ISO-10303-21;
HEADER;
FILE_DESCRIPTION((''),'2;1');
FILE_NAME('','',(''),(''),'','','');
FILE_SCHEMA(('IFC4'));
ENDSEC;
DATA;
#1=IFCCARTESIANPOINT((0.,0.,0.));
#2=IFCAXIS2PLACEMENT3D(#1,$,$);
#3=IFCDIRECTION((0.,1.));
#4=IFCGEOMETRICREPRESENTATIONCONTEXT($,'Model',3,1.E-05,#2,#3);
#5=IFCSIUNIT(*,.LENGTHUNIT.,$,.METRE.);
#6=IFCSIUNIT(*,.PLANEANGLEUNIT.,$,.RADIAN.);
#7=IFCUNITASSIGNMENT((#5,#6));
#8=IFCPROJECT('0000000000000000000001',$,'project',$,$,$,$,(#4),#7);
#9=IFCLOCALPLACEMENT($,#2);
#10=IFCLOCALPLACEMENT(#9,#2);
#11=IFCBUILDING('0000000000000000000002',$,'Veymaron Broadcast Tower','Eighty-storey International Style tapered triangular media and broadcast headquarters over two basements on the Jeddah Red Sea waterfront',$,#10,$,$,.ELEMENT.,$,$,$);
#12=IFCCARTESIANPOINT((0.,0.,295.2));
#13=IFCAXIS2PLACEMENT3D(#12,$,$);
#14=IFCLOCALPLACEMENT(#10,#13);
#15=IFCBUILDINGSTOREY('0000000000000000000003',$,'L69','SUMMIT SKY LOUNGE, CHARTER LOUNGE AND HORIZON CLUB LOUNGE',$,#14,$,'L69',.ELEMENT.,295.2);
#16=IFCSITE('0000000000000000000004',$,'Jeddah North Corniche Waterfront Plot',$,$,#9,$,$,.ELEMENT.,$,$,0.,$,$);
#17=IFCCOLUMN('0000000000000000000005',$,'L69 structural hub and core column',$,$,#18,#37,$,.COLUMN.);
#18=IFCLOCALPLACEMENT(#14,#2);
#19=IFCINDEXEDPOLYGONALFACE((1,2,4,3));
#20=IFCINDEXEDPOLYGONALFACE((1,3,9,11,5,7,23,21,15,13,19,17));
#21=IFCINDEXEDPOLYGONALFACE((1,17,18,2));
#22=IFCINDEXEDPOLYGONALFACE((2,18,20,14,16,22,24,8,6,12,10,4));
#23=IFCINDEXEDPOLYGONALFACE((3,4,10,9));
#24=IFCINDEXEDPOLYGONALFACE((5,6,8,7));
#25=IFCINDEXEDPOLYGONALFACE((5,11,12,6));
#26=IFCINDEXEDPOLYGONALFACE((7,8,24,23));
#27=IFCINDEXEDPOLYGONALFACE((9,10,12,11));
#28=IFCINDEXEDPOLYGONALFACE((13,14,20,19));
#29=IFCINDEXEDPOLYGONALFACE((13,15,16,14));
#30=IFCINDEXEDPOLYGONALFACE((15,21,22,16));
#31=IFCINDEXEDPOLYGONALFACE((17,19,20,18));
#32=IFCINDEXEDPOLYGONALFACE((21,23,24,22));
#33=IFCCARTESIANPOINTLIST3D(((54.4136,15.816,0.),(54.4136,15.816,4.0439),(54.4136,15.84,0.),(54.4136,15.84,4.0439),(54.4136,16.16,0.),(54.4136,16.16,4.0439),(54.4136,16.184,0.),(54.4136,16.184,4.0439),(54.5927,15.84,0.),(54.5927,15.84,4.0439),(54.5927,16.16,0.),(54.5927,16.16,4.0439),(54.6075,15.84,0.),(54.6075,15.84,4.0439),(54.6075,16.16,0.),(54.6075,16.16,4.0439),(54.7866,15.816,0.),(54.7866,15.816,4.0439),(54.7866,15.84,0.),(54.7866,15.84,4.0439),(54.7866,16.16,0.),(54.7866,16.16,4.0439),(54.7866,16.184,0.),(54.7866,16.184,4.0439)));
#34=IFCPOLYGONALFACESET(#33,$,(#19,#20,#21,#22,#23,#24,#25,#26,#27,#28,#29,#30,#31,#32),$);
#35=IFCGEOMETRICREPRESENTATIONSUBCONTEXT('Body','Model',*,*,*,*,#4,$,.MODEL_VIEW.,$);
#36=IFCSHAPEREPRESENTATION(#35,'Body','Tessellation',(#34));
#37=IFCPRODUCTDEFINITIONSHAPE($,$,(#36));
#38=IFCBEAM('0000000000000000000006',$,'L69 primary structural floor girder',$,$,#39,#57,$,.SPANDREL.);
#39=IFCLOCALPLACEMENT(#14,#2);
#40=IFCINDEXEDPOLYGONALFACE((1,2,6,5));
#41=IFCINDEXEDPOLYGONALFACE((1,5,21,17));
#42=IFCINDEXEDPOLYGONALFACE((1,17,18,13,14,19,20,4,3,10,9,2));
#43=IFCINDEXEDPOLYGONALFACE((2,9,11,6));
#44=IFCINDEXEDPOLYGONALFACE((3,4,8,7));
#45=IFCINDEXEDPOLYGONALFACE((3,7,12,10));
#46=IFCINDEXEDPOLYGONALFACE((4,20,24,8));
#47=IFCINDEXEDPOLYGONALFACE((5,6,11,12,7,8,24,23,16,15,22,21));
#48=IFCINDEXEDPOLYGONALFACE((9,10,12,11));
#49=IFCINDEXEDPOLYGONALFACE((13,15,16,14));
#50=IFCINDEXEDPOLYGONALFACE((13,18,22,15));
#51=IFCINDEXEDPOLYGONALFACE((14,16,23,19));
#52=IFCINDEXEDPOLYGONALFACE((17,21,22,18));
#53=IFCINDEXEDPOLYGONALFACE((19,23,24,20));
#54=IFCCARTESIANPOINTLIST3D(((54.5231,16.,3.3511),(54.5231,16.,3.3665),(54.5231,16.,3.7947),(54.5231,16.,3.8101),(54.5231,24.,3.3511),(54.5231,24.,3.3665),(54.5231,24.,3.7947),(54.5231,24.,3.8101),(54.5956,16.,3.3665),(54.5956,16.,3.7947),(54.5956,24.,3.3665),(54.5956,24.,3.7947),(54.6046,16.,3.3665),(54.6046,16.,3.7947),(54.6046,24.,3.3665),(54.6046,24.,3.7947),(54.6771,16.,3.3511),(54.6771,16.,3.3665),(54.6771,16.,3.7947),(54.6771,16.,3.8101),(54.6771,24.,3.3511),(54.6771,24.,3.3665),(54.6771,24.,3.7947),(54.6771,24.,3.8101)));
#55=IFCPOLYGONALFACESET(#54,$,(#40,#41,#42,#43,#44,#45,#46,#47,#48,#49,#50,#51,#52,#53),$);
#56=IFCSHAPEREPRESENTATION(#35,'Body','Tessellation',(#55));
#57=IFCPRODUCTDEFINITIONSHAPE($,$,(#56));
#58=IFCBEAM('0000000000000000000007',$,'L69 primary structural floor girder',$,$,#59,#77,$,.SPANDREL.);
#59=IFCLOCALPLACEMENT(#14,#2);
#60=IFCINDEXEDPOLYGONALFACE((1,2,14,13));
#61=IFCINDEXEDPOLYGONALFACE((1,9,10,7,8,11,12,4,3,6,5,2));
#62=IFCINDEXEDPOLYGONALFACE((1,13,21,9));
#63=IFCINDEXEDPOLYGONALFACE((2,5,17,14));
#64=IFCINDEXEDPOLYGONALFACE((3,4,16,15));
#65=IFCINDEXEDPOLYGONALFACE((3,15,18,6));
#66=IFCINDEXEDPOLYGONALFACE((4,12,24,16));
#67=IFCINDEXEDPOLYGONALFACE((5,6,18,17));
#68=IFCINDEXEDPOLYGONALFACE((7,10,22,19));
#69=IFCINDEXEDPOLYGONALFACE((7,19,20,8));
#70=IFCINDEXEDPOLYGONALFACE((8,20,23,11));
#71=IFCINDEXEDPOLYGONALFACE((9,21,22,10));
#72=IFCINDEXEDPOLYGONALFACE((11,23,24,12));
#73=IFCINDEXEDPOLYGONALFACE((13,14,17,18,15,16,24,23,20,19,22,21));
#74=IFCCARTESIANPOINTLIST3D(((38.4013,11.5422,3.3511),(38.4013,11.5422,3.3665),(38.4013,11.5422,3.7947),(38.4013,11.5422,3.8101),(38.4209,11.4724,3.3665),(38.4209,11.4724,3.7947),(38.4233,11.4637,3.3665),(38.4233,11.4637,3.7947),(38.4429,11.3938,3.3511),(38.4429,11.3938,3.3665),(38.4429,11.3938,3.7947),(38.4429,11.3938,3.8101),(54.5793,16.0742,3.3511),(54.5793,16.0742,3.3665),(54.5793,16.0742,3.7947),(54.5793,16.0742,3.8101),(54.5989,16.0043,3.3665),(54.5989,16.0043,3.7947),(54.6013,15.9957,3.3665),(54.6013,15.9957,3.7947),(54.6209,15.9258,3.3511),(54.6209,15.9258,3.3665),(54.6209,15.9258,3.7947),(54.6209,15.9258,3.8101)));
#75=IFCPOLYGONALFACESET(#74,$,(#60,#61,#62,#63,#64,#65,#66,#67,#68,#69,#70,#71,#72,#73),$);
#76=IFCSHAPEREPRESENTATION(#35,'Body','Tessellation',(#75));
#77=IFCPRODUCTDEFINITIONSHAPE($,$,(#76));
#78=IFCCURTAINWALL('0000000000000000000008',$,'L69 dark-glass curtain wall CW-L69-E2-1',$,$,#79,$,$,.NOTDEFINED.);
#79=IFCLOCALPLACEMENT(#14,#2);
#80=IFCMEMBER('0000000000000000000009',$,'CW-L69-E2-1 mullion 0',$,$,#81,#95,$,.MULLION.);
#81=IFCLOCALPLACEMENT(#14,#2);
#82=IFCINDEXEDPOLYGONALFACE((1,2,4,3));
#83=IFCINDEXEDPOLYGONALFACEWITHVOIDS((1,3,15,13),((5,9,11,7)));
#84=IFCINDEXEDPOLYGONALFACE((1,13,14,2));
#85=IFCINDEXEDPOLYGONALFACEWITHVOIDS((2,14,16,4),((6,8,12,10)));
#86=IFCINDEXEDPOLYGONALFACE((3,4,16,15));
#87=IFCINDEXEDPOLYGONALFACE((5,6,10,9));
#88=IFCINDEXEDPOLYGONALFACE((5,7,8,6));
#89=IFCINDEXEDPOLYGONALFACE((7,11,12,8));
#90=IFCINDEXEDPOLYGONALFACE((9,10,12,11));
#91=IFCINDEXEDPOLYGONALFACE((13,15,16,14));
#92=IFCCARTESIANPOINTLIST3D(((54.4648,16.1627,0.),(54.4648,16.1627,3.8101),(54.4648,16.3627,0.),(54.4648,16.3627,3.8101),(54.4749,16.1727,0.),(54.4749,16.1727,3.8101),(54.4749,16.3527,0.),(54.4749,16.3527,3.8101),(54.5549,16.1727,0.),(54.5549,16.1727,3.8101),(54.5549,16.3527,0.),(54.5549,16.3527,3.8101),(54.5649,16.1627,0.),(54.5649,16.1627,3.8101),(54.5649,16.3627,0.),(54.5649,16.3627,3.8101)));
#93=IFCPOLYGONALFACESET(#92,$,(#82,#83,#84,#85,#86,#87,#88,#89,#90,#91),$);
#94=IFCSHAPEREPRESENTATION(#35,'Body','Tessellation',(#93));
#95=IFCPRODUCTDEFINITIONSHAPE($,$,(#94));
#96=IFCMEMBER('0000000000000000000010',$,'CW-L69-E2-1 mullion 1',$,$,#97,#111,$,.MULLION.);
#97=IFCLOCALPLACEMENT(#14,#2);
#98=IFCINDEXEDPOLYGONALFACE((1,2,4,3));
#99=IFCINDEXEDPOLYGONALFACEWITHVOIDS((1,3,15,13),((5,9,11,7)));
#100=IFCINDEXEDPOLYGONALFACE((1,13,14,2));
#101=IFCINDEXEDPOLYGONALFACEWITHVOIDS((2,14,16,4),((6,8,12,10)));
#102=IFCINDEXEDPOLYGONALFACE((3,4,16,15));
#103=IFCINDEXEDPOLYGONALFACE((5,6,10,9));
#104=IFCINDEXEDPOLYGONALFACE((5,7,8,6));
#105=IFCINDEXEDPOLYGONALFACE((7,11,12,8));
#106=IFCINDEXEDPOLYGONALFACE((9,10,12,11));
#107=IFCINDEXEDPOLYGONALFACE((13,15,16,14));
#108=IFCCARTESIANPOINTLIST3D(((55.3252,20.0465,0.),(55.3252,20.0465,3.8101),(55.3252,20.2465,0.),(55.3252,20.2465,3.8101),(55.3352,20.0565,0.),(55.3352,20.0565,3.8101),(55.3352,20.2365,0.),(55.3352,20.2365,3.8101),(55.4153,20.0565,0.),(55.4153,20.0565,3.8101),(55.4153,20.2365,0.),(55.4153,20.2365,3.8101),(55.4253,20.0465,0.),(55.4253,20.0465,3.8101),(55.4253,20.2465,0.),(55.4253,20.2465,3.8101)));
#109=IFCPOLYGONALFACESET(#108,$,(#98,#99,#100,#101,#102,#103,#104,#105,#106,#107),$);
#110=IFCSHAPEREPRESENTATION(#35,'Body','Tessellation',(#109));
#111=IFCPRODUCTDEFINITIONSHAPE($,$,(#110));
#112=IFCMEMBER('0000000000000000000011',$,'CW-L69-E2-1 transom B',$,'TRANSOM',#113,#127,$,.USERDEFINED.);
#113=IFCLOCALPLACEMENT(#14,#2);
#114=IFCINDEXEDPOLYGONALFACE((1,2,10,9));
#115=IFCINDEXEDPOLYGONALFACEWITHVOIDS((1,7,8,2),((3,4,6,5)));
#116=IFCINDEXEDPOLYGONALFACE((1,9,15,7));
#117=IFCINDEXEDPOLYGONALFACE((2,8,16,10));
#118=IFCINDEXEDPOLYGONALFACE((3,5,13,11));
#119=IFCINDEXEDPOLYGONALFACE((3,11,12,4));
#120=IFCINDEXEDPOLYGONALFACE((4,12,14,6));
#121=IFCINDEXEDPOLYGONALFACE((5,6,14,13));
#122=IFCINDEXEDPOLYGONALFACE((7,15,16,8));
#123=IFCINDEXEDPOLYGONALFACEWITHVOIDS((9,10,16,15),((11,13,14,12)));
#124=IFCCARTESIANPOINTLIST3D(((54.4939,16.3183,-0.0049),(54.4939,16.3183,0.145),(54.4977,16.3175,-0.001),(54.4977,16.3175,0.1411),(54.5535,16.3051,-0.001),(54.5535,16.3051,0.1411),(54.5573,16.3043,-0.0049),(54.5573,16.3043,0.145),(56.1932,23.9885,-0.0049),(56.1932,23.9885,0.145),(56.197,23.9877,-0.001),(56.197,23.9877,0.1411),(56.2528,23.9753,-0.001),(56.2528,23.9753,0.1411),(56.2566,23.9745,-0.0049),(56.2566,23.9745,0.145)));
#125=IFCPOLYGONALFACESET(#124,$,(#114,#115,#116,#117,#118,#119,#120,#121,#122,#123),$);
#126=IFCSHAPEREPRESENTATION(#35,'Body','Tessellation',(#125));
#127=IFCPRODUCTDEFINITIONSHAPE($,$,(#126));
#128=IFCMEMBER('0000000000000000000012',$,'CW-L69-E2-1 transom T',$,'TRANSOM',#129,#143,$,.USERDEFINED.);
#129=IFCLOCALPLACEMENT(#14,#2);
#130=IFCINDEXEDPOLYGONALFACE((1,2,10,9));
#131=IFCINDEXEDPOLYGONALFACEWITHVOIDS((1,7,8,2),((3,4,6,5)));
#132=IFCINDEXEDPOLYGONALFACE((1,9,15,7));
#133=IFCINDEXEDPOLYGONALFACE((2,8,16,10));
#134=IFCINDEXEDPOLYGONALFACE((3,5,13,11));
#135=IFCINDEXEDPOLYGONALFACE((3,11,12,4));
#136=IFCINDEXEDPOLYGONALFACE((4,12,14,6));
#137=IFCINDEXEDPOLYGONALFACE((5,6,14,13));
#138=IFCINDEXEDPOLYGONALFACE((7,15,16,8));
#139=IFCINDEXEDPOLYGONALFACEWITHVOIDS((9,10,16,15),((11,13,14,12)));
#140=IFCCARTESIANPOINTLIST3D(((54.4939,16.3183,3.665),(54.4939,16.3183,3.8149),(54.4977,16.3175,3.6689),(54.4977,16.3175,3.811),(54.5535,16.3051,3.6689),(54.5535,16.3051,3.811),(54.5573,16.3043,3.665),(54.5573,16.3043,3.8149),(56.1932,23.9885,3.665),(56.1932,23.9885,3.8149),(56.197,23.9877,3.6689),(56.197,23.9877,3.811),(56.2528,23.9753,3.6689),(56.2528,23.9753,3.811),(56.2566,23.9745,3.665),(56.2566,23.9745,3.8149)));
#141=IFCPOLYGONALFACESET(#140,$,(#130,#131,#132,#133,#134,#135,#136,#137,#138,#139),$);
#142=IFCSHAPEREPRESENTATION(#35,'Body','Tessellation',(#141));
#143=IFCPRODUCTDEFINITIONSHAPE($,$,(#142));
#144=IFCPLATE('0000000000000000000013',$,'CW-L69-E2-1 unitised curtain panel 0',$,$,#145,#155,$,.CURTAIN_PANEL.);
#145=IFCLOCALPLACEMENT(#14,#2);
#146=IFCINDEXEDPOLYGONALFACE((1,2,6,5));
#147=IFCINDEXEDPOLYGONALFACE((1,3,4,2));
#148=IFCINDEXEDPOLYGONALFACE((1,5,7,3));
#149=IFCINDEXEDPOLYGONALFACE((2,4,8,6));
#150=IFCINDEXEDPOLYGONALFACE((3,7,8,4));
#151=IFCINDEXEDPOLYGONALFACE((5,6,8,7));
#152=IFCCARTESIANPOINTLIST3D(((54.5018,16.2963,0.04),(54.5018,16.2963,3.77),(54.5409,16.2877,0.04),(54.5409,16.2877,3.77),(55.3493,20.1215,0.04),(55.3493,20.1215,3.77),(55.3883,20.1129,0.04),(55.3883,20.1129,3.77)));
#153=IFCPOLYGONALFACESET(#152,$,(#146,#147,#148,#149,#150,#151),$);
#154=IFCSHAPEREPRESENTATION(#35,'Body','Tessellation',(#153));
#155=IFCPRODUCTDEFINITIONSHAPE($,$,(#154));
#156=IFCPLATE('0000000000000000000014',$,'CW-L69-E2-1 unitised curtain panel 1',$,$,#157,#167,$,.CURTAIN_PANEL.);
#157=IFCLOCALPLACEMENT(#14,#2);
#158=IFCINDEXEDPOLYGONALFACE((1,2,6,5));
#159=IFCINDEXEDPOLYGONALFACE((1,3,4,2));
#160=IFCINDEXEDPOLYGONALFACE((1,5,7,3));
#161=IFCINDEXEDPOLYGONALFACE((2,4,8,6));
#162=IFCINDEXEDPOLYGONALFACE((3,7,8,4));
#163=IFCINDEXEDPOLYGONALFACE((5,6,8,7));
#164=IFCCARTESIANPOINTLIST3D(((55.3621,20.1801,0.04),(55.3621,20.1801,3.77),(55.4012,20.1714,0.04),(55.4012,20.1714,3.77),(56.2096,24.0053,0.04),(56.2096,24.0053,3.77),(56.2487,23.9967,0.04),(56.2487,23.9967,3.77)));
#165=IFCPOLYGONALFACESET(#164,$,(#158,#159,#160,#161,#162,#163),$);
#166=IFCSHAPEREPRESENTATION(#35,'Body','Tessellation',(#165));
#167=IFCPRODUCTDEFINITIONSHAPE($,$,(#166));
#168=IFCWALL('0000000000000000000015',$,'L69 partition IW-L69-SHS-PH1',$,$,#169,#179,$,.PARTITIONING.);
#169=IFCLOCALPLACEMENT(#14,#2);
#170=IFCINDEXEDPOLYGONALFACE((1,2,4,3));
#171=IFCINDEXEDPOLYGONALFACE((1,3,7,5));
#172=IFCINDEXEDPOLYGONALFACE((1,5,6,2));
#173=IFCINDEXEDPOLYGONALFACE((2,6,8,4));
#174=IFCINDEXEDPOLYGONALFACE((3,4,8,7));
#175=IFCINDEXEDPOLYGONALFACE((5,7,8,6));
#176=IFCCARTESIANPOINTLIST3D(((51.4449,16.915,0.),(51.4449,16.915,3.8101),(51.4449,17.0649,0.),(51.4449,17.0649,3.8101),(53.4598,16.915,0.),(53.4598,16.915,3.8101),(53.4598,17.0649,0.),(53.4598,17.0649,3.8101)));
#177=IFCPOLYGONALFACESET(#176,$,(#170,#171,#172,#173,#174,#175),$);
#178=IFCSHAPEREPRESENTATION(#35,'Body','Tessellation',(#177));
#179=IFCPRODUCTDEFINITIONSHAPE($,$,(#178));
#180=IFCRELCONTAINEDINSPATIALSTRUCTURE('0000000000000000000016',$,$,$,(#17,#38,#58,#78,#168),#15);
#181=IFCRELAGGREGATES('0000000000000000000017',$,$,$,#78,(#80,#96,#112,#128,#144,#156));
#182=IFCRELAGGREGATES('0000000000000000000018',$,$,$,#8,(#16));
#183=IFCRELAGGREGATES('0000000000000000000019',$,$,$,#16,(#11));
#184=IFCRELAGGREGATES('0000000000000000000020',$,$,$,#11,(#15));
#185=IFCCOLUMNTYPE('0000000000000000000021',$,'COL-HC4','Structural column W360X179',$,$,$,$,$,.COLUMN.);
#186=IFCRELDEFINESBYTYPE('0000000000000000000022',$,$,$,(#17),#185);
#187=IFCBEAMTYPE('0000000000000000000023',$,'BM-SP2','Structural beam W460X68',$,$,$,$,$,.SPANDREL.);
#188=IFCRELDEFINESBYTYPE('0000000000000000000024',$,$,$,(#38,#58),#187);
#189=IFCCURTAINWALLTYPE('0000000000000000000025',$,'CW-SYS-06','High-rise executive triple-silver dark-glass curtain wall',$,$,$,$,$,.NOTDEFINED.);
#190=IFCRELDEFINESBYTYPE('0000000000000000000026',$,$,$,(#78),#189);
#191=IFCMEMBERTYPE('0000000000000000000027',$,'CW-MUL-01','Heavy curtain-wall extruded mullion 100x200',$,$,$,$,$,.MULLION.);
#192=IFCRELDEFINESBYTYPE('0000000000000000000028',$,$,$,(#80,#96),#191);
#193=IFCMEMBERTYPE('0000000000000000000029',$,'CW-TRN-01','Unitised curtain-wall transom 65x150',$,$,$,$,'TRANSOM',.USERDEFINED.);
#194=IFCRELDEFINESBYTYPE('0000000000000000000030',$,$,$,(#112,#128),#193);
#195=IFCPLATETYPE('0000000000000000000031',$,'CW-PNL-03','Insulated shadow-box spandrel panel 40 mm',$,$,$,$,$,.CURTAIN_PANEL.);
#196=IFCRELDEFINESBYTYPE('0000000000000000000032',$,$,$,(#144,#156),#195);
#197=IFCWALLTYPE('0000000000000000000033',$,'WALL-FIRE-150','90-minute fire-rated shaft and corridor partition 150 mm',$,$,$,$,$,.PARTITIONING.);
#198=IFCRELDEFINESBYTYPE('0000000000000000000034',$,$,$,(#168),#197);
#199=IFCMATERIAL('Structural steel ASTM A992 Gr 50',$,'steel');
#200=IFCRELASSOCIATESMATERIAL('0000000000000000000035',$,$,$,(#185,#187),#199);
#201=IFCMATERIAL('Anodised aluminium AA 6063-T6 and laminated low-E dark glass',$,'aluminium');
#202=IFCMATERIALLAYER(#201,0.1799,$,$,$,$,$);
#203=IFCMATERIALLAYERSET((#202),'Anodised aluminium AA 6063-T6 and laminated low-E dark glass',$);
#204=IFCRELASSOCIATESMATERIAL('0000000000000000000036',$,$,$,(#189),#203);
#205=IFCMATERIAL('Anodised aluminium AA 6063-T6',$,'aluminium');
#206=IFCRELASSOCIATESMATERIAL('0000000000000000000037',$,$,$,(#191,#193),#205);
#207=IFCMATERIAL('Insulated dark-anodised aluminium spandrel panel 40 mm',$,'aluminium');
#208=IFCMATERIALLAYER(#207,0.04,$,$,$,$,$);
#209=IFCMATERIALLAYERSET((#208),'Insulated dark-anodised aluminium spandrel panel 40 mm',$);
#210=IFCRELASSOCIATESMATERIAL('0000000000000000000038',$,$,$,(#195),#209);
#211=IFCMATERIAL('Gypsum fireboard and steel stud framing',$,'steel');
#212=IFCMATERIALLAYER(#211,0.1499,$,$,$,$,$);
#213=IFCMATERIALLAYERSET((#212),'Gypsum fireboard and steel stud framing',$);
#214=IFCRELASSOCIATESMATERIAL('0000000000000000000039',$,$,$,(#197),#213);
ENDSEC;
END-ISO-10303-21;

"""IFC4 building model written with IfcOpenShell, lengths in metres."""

from ifc_helpers import new_model, si_unit, direction, frame, frame_2d, origin, origin_2d, place, context, subcontext, project, spatial, rectangle, hollow_rectangle, i_section, extrude, material, layer, layer_set, material_profile, profile_set, type_object, element, aggregate, save


model = new_model("IFC4")

# Units and contexts
model_context = context("Model", 3, precision=1e-05, world=origin(), true_north=direction((0.0, 1.0)))
body_context = subcontext(model_context, "Body", "Model", "MODEL_VIEW")
ifc_project = project(units=[si_unit("LENGTHUNIT", "METRE"), si_unit("PLANEANGLEUNIT", "RADIAN")], contexts=[model_context])

# Site, building, storey
site_placement = place(None, origin())
site = spatial("IfcSite", under=ifc_project, at=site_placement, Name="Jeddah North Corniche Waterfront Plot", CompositionType="ELEMENT", RefElevation=0.0)
building_placement = place(site_placement, origin())
building = spatial("IfcBuilding", under=site, at=building_placement, Name="Veymaron Broadcast Tower", Description="Eighty-storey International Style tapered triangular media and broadcast headquarters over two basements on the Jeddah Red Sea waterfront", CompositionType="ELEMENT")
storey_placement = place(building_placement, frame((0.0, 0.0, 295.2)))
storey = spatial("IfcBuildingStorey", under=building, at=storey_placement, Name="L69", Description="SUMMIT SKY LOUNGE, CHARTER LOUNGE AND HORIZON CLUB LOUNGE", LongName="L69", CompositionType="ELEMENT", Elevation=295.2)

# Column
ifc_material_1 = material(Name="Structural steel ASTM A992 Gr 50", Category="steel")
ifc_material_profile_1 = material_profile(ifc_material_1, i_section(OverallWidth=0.373, OverallDepth=0.3679, WebThickness=0.0149, FlangeThickness=0.0239, at=origin_2d()), Name="W360X179")
ifc_profile_set_1 = profile_set([ifc_material_profile_1], Name="Structural steel ASTM A992 Gr 50")
column_type = type_object("IfcColumnType", Name="COL-HC4", Description="Structural column W360X179", PredefinedType="COLUMN", material=ifc_profile_set_1)
column_placement = place(storey_placement, frame((54.6001, 16.0, 0.0), z_axis=(0.0, 0.0, 1.0), x_axis=(1.0, 0.0, 0.0)))
element("IfcColumn", 1, at=column_placement, inside=storey, type_object=column_type, Name="L69 structural hub and core column", PredefinedType="COLUMN", context=body_context, shape_type="SweptSolid", body=[
    extrude(i_section(OverallWidth=0.373, OverallDepth=0.3679, WebThickness=0.0149, FlangeThickness=0.0239, at=origin_2d()), origin(), (0.0, 0.0, 1.0), 4.0439),
])

# Beams
ifc_material_profile_2 = material_profile(ifc_material_1, i_section(OverallWidth=0.1541, OverallDepth=0.459, WebThickness=0.009, FlangeThickness=0.0154, at=origin_2d()), Name="W460X68")
ifc_profile_set_2 = profile_set([ifc_material_profile_2], Name="Structural steel ASTM A992 Gr 50")
beam_type = type_object("IfcBeamType", Name="BM-SP2", Description="Structural beam W460X68", PredefinedType="SPANDREL", material=ifc_profile_set_2)
beam_1_placement = place(storey_placement, frame((54.6001, 16.0, 3.5806), z_axis=(0.0, 1.0, 0.0), x_axis=(-1.0, 0.0, 0.0)))
element("IfcBeam", 2, at=beam_1_placement, inside=storey, type_object=beam_type, Name="L69 primary structural floor girder", PredefinedType="SPANDREL", context=body_context, shape_type="SweptSolid", body=[
    extrude(i_section(OverallWidth=0.1541, OverallDepth=0.459, WebThickness=0.009, FlangeThickness=0.0154, at=origin_2d()), origin(), (0.0, 0.0, 1.0), 8.0),
])
beam_2_placement = place(storey_placement, frame((54.6001, 16.0, 3.5806), z_axis=(-0.962931, -0.269749, 0.0), x_axis=(0.269749, -0.962931, 0.0)))
element("IfcBeam", 3, at=beam_2_placement, inside=storey, type_object=beam_type, Name="L69 primary structural floor girder", PredefinedType="SPANDREL", context=body_context, shape_type="SweptSolid", body=[
    extrude(i_section(OverallWidth=0.1541, OverallDepth=0.459, WebThickness=0.009, FlangeThickness=0.0154, at=origin_2d()), origin(), (0.0, 0.0, 1.0), 16.8008),
])

# Curtain wall, members, plates
ifc_material_2 = material(Name="Anodised aluminium AA 6063-T6 and laminated low-E dark glass", Category="aluminium")
ifc_layer_1 = layer(ifc_material_2, 0.1799)
ifc_layer_set_1 = layer_set([ifc_layer_1], Name="Anodised aluminium AA 6063-T6 and laminated low-E dark glass")
curtain_wall_type = type_object("IfcCurtainWallType", Name="CW-SYS-06", Description="High-rise executive triple-silver dark-glass curtain wall", PredefinedType="NOTDEFINED", material=ifc_layer_set_1)
curtain_wall_placement = place(storey_placement, origin())
curtain_wall = element("IfcCurtainWall", 4, at=curtain_wall_placement, inside=storey, type_object=curtain_wall_type, Name="L69 dark-glass curtain wall CW-L69-E2-1", PredefinedType="NOTDEFINED")
ifc_material_3 = material(Name="Anodised aluminium AA 6063-T6", Category="aluminium")
ifc_material_profile_3 = material_profile(ifc_material_3, hollow_rectangle(XDim=0.1001, YDim=0.2, WallThickness=0.01, at=origin_2d()), Name="RHS200X100X10")
ifc_profile_set_3 = profile_set([ifc_material_profile_3], Name="Anodised aluminium AA 6063-T6")
member_type_1 = type_object("IfcMemberType", Name="CW-MUL-01", Description="Heavy curtain-wall extruded mullion 100x200", PredefinedType="MULLION", material=ifc_profile_set_3)
member_1_placement = place(storey_placement, frame((54.5149, 16.2627, 0.0), z_axis=(0.0, 0.0, 1.0), x_axis=(1.0, 0.0, 0.0)))
member_1 = element("IfcMember", 5, at=member_1_placement, type_object=member_type_1, Name="CW-L69-E2-1 mullion 0", PredefinedType="MULLION", context=body_context, shape_type="SweptSolid", body=[
    extrude(hollow_rectangle(XDim=0.1001, YDim=0.2, WallThickness=0.01, at=origin_2d()), origin(), (0.0, 0.0, 1.0), 3.8101),
])
member_2_placement = place(storey_placement, frame((55.3752, 20.1465, 0.0), z_axis=(0.0, 0.0, 1.0), x_axis=(1.0, 0.0, 0.0)))
member_2 = element("IfcMember", 6, at=member_2_placement, type_object=member_type_1, Name="CW-L69-E2-1 mullion 1", PredefinedType="MULLION", context=body_context, shape_type="SweptSolid", body=[
    extrude(hollow_rectangle(XDim=0.1001, YDim=0.2, WallThickness=0.01, at=origin_2d()), origin(), (0.0, 0.0, 1.0), 3.8101),
])
ifc_material_profile_4 = material_profile(ifc_material_3, hollow_rectangle(XDim=0.0649, YDim=0.1499, WallThickness=0.0039, at=origin_2d()), Name="AL150X65X4")
ifc_profile_set_4 = profile_set([ifc_material_profile_4], Name="Anodised aluminium AA 6063-T6")
member_type_2 = type_object("IfcMemberType", Name="CW-TRN-01", Description="Unitised curtain-wall transom 65x150", ElementType="TRANSOM", PredefinedType="USERDEFINED", material=ifc_profile_set_4)
member_3_placement = place(storey_placement, frame((54.5256, 16.3113, 0.0701), z_axis=(0.216292, 0.976329, 0.0), x_axis=(-0.976329, 0.216292, 0.0)))
member_3 = element("IfcMember", 7, at=member_3_placement, type_object=member_type_2, Name="CW-L69-E2-1 transom B", ObjectType="TRANSOM", PredefinedType="USERDEFINED", context=body_context, shape_type="SweptSolid", body=[
    extrude(hollow_rectangle(XDim=0.0649, YDim=0.1499, WallThickness=0.0039, at=origin_2d()), origin(), (0.0, 0.0, 1.0), 7.8562),
])
member_4_placement = place(storey_placement, frame((54.5256, 16.3113, 3.74), z_axis=(0.216292, 0.976329, 0.0), x_axis=(-0.976329, 0.216292, 0.0)))
member_4 = element("IfcMember", 8, at=member_4_placement, type_object=member_type_2, Name="CW-L69-E2-1 transom T", ObjectType="TRANSOM", PredefinedType="USERDEFINED", context=body_context, shape_type="SweptSolid", body=[
    extrude(hollow_rectangle(XDim=0.0649, YDim=0.1499, WallThickness=0.0039, at=origin_2d()), origin(), (0.0, 0.0, 1.0), 7.8562),
])
ifc_material_4 = material(Name="Insulated dark-anodised aluminium spandrel panel 40 mm", Category="aluminium")
ifc_layer_2 = layer(ifc_material_4, 0.04)
ifc_layer_set_2 = layer_set([ifc_layer_2], Name="Insulated dark-anodised aluminium spandrel panel 40 mm")
plate_type = type_object("IfcPlateType", Name="CW-PNL-03", Description="Insulated shadow-box spandrel panel 40 mm", PredefinedType="CURTAIN_PANEL", material=ifc_layer_set_2)
plate_1_placement = place(storey_placement, frame((54.9451, 18.2046, 0.04), z_axis=(0.0, 0.0, 1.0), x_axis=(0.216303, 0.976326, 0.0)))
plate_1 = element("IfcPlate", 9, at=plate_1_placement, type_object=plate_type, Name="CW-L69-E2-1 unitised curtain panel 0", PredefinedType="CURTAIN_PANEL", context=body_context, shape_type="SweptSolid", body=[
    extrude(rectangle(XDim=3.918, YDim=0.04, at=origin_2d()), origin(), (0.0, 0.0, 1.0), 3.73),
])
plate_2_placement = place(storey_placement, frame((55.8054, 22.0884, 0.04), z_axis=(0.0, 0.0, 1.0), x_axis=(0.216303, 0.976326, 0.0)))
plate_2 = element("IfcPlate", 10, at=plate_2_placement, type_object=plate_type, Name="CW-L69-E2-1 unitised curtain panel 1", PredefinedType="CURTAIN_PANEL", context=body_context, shape_type="SweptSolid", body=[
    extrude(rectangle(XDim=3.918, YDim=0.04, at=origin_2d()), origin(), (0.0, 0.0, 1.0), 3.73),
])
aggregate(curtain_wall, [member_1, member_2, member_3, member_4, plate_1, plate_2])

# Shared definitions
ifc_material_5 = material(Name="Gypsum fireboard and steel stud framing", Category="steel")
ifc_layer_3 = layer(ifc_material_5, 0.1499)
ifc_layer_set_3 = layer_set([ifc_layer_3], Name="Gypsum fireboard and steel stud framing")
wall_type_1 = type_object("IfcWallType", Name="WALL-FIRE-150", Description="90-minute fire-rated shaft and corridor partition 150 mm", PredefinedType="PARTITIONING", material=ifc_layer_set_3)

# Wall
for number, where, z_axis, x_axis, name in (
    (11, (51.4451, 16.99, 0.0), (0.0, 0.0, 1.0), (1.0, 0.0, 0.0), "L69 partition IW-L69-SHS-PH1"),
):
    element("IfcWall", number, at=place(storey_placement, frame(where, z_axis=z_axis, x_axis=x_axis)), inside=storey, type_object=wall_type_1, Name=name, PredefinedType="PARTITIONING", context=body_context, shape_type="SweptSolid", body=[
        extrude(rectangle(XDim=2.0149, YDim=0.1499, at=frame_2d((1.0073, 0.0))), origin(), (0.0, 0.0, 1.0), 3.8101),
    ])

save(model, "model.ifc")
